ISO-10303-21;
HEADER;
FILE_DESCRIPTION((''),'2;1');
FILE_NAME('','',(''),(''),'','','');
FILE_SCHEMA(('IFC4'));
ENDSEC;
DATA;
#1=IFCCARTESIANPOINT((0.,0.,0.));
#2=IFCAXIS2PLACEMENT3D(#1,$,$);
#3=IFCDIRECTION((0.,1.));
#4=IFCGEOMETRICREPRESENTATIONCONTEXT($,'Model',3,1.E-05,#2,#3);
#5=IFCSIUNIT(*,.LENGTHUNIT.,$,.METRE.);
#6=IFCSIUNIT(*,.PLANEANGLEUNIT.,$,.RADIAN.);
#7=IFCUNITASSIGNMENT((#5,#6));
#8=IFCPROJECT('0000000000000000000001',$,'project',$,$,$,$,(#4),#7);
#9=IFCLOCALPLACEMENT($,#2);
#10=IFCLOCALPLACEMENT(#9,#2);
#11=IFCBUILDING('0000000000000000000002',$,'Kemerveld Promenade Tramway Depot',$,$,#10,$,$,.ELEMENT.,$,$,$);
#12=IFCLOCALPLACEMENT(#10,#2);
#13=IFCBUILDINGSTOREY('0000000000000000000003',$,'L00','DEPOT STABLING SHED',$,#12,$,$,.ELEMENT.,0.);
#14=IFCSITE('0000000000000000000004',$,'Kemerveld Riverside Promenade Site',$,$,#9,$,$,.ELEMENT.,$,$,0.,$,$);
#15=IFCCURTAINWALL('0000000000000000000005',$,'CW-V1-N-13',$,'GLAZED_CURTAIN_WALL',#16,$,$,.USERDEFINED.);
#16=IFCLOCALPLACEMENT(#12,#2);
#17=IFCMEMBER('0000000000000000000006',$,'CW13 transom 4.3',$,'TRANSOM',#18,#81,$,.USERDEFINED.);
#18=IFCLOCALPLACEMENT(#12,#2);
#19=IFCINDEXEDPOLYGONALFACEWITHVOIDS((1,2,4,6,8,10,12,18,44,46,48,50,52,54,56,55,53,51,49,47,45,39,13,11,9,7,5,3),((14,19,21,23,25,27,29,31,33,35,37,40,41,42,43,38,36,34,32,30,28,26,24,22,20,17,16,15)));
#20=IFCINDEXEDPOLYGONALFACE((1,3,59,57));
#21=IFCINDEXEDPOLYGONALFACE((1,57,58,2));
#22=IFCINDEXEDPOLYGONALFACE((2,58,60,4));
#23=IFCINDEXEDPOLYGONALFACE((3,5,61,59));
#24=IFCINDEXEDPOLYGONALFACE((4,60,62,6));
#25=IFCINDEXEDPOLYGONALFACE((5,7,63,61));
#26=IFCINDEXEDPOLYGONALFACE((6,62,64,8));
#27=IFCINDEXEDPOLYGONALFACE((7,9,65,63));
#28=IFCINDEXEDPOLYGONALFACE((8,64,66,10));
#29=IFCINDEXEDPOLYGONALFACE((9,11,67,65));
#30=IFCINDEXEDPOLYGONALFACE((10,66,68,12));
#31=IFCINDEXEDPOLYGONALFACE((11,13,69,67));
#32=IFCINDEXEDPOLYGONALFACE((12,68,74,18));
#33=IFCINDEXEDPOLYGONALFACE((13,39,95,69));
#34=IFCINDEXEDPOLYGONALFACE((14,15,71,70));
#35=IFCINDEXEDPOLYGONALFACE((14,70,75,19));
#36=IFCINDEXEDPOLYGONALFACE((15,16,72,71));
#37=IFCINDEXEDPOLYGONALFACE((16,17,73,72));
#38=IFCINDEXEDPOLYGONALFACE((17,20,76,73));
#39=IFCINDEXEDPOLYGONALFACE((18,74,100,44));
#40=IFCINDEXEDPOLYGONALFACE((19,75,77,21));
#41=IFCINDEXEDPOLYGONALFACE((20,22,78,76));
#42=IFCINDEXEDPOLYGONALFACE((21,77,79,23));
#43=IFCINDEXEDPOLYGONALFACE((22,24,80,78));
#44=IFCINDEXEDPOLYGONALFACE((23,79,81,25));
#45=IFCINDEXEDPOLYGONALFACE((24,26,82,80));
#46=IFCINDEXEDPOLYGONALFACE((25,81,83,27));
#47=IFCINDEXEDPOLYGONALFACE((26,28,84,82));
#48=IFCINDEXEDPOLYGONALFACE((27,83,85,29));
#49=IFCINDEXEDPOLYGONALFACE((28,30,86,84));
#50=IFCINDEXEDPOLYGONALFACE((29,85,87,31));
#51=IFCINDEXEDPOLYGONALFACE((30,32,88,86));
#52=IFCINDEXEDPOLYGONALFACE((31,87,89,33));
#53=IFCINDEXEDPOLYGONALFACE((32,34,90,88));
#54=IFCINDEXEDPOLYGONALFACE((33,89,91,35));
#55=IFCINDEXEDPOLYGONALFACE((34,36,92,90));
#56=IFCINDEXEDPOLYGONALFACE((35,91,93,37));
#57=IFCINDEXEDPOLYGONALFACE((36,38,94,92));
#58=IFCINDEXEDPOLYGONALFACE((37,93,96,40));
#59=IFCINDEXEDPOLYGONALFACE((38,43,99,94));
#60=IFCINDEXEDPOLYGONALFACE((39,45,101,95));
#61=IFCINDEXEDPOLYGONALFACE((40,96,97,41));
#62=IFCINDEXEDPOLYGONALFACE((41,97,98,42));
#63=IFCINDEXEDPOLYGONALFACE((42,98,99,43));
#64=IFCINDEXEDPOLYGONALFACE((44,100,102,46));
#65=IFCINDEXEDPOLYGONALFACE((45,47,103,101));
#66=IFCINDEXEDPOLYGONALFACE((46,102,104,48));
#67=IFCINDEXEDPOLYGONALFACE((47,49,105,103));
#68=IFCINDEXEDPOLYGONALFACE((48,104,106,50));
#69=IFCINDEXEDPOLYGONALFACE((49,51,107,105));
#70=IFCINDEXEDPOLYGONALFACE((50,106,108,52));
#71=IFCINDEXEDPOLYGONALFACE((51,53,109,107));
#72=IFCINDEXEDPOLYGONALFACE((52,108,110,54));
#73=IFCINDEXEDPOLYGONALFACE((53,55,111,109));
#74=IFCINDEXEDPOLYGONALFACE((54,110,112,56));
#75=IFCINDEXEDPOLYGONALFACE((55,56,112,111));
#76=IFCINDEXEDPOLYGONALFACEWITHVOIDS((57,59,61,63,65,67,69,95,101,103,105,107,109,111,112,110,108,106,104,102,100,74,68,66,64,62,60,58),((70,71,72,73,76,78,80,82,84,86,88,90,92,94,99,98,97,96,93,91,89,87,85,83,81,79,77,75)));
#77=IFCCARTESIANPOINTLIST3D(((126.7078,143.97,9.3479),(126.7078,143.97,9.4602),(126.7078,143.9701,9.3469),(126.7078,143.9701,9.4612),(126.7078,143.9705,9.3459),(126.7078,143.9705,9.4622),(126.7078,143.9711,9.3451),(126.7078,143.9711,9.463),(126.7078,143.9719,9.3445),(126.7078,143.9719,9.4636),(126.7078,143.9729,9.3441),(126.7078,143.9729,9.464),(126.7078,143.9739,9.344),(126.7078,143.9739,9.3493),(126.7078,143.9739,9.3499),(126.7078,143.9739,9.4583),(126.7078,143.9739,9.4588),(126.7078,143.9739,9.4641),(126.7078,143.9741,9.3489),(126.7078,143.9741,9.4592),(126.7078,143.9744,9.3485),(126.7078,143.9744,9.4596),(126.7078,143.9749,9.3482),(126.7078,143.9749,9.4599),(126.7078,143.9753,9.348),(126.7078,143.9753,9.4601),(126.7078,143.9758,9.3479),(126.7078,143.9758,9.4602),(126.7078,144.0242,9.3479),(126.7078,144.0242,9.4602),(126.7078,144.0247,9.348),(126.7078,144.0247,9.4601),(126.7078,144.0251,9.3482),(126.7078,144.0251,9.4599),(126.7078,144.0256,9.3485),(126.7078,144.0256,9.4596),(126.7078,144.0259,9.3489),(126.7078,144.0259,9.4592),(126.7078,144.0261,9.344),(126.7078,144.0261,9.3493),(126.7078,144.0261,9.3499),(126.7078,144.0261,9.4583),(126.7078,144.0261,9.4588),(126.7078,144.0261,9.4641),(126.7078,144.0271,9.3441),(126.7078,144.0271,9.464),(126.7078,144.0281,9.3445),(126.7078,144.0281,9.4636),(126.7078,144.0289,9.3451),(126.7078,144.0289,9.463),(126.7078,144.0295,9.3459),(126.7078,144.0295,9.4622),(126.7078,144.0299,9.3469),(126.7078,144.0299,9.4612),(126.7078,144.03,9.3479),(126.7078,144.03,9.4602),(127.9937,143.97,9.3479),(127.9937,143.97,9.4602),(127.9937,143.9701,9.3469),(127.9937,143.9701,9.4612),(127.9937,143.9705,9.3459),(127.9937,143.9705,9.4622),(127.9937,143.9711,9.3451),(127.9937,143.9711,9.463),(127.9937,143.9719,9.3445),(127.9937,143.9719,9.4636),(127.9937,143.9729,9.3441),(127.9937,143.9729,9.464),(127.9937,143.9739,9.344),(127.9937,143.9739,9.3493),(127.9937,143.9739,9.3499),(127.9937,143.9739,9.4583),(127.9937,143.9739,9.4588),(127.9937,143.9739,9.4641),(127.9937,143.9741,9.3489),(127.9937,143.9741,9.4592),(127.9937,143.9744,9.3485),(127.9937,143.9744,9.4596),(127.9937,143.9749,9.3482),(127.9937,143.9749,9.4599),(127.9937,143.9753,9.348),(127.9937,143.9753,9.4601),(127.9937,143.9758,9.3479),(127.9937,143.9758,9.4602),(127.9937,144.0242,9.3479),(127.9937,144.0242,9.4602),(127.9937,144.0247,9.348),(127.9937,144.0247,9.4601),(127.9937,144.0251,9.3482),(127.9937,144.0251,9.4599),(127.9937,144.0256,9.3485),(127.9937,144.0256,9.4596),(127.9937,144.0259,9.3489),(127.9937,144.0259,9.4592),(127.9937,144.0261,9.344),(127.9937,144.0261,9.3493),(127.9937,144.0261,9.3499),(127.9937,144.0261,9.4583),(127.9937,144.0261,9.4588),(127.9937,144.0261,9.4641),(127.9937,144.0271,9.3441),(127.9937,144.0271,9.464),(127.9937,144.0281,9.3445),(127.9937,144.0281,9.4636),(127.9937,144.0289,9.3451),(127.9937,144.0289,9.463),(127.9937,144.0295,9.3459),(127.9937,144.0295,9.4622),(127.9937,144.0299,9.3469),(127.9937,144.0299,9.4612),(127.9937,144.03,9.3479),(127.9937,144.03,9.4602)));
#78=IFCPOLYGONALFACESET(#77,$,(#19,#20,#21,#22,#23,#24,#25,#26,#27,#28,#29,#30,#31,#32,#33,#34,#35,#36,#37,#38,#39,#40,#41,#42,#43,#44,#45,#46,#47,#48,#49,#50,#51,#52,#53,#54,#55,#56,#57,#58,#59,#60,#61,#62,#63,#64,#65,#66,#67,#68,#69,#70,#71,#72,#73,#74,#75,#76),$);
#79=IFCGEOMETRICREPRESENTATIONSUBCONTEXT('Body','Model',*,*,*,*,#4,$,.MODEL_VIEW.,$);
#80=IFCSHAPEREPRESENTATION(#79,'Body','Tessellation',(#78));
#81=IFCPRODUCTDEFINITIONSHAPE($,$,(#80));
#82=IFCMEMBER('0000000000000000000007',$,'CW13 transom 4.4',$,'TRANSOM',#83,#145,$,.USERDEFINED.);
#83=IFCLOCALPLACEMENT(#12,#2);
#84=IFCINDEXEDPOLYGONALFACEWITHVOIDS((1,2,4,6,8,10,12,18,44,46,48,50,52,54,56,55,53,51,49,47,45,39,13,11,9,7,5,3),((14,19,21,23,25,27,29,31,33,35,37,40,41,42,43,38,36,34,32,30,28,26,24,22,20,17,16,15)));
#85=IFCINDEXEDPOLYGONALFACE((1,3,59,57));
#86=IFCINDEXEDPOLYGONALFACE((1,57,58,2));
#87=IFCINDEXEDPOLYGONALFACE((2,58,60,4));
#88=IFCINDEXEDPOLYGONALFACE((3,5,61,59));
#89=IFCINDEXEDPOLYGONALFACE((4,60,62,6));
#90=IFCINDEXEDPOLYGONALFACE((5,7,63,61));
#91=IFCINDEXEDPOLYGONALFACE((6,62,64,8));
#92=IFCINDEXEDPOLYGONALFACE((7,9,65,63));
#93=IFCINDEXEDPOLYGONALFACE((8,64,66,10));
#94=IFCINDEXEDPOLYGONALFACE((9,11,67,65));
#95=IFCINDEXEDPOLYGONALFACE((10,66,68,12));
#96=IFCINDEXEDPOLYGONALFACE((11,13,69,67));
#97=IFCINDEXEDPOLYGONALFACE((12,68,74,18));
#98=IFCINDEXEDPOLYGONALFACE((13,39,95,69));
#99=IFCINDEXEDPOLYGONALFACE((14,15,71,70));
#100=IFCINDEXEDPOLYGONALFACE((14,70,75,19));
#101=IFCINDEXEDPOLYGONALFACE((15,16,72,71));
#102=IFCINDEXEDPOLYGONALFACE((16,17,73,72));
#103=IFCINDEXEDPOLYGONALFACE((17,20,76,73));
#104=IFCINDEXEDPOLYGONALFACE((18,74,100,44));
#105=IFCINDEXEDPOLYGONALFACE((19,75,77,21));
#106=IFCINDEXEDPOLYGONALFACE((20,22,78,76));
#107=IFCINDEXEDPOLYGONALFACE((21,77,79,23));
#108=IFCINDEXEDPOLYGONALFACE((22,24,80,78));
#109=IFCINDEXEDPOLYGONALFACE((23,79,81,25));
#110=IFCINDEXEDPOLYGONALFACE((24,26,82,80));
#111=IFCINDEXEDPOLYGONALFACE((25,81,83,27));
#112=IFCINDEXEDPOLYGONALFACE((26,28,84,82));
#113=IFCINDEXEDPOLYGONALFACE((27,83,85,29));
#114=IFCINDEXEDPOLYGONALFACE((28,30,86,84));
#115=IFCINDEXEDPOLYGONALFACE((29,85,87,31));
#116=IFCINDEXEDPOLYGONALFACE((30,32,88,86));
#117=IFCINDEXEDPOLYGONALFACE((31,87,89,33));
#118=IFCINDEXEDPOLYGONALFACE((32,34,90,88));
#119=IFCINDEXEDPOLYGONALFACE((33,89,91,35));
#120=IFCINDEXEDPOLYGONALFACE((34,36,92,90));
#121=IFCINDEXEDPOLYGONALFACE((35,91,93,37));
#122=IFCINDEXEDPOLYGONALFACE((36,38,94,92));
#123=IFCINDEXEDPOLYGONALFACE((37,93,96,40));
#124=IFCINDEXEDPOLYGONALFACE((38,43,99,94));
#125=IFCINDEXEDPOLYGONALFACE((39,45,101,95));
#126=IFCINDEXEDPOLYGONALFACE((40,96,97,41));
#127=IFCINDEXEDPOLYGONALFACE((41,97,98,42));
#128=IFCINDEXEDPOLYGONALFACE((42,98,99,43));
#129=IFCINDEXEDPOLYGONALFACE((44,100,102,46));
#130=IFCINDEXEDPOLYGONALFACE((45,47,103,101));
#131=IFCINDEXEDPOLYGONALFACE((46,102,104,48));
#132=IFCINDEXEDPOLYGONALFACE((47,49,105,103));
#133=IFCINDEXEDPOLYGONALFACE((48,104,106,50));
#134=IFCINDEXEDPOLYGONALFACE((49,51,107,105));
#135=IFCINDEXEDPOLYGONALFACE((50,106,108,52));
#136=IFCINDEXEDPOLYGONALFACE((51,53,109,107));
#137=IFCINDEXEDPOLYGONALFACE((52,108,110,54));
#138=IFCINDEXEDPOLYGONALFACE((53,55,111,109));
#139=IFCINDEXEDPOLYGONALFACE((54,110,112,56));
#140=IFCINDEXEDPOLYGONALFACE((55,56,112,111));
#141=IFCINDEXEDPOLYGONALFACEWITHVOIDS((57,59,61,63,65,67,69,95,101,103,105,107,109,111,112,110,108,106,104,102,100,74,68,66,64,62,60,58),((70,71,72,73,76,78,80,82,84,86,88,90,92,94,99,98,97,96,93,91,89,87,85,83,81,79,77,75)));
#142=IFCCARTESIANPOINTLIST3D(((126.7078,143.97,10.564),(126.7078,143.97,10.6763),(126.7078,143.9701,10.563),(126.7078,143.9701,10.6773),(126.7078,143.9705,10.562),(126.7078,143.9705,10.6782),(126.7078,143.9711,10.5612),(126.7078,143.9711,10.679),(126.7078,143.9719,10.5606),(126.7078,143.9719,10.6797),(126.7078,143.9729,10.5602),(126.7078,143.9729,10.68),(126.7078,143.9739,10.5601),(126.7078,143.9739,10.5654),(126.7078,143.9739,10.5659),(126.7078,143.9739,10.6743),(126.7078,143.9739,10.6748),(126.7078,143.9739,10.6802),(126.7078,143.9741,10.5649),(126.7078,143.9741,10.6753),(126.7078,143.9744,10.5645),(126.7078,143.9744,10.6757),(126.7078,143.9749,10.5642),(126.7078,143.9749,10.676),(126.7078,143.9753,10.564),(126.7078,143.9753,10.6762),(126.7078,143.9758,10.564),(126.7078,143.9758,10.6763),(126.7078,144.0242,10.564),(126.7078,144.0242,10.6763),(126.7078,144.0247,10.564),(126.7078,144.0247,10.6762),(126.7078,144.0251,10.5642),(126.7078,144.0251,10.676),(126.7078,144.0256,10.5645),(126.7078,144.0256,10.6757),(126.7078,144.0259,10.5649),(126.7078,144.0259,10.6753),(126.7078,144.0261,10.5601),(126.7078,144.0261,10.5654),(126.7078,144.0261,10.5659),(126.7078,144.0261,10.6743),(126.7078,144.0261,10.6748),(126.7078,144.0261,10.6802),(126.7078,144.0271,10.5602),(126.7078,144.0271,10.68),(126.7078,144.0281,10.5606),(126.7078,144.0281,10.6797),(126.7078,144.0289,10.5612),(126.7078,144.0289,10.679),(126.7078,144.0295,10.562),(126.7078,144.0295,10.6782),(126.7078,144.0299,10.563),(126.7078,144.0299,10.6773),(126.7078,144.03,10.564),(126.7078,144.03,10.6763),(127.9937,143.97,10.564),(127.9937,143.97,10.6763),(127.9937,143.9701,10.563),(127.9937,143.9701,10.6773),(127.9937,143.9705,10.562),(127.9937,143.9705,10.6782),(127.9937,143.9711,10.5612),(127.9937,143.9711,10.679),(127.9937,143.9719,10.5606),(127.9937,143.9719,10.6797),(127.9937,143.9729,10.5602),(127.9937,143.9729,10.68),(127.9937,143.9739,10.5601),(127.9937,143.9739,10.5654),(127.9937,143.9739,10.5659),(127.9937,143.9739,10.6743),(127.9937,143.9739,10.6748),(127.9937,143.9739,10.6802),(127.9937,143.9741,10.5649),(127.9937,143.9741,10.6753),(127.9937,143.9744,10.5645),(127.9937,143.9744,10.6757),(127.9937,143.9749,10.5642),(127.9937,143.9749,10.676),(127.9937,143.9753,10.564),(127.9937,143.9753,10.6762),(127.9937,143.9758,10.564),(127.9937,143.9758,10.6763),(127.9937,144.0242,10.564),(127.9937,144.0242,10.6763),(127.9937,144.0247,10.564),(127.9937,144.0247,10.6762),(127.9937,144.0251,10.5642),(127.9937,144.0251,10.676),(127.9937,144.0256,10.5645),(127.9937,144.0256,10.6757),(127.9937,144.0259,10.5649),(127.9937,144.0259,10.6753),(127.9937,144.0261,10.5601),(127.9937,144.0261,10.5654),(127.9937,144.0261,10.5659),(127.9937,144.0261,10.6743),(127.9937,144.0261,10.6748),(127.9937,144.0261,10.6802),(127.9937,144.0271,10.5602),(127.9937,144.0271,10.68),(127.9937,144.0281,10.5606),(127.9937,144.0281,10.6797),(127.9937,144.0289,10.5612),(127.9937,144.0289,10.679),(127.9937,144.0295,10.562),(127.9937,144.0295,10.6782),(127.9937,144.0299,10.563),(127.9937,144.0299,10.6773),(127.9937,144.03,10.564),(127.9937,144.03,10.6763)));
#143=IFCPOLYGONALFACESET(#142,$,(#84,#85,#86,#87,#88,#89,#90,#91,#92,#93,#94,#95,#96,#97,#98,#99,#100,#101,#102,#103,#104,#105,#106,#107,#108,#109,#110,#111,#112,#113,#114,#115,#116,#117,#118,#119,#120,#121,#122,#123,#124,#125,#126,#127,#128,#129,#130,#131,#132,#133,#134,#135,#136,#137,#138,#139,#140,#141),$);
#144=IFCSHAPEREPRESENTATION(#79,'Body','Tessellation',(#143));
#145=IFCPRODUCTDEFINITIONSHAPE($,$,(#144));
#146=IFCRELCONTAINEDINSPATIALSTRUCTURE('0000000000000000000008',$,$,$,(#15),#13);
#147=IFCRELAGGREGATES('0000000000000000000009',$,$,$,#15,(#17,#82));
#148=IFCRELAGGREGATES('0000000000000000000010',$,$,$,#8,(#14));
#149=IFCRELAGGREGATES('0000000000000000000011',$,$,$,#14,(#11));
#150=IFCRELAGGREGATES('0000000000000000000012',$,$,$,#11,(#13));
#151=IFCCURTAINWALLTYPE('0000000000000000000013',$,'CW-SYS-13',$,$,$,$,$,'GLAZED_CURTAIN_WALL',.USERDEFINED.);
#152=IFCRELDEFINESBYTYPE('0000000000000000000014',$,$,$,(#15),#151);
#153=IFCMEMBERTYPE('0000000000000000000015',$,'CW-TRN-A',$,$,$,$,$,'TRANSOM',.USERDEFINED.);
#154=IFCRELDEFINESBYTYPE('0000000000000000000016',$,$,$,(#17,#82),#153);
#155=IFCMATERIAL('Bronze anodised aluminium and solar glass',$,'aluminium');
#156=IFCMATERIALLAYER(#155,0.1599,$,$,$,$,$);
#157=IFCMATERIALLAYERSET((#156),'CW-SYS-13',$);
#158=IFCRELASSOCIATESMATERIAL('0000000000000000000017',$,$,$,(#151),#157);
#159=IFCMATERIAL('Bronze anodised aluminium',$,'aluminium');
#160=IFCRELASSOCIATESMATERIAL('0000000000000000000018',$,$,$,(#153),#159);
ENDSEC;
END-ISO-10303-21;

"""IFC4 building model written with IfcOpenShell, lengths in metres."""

from ifc_helpers import new_model, si_unit, direction, frame, origin, origin_2d, place, context, subcontext, project, spatial, hollow_rectangle, extrude, material, layer, layer_set, material_profile, profile_set, type_object, element, aggregate, save


model = new_model("IFC4")

# Units and contexts
model_context = context("Model", 3, precision=1e-05, world=origin(), true_north=direction((0.0, 1.0)))
body_context = subcontext(model_context, "Body", "Model", "MODEL_VIEW")
ifc_project = project(units=[si_unit("LENGTHUNIT", "METRE"), si_unit("PLANEANGLEUNIT", "RADIAN")], contexts=[model_context])

# Site, building, storey
site_placement = place(None, origin())
site = spatial("IfcSite", under=ifc_project, at=site_placement, Name="Kemerveld Riverside Promenade Site", CompositionType="ELEMENT", RefElevation=0.0)
building_placement = place(site_placement, origin())
building = spatial("IfcBuilding", under=site, at=building_placement, Name="Kemerveld Promenade Tramway Depot", CompositionType="ELEMENT")
storey_placement = place(building_placement, origin())
storey = spatial("IfcBuildingStorey", under=building, at=storey_placement, Name="L00", Description="DEPOT STABLING SHED", CompositionType="ELEMENT", Elevation=0.0)

# Curtain wall, members
ifc_material_1 = material(Name="Bronze anodised aluminium and solar glass", Category="aluminium")
ifc_layer_1 = layer(ifc_material_1, 0.1599)
ifc_layer_set_1 = layer_set([ifc_layer_1], Name="CW-SYS-13")
curtain_wall_type_1 = type_object("IfcCurtainWallType", Name="CW-SYS-13", ElementType="GLAZED_CURTAIN_WALL", PredefinedType="USERDEFINED", material=ifc_layer_set_1)
curtain_wall_1_placement = place(storey_placement, origin())
curtain_wall_1 = element("IfcCurtainWall", 1, at=curtain_wall_1_placement, inside=storey, type_object=curtain_wall_type_1, Name="CW-V1-N-13", ObjectType="GLAZED_CURTAIN_WALL", PredefinedType="USERDEFINED")
ifc_material_2 = material(Name="Bronze anodised aluminium", Category="aluminium")
ifc_material_profile_1 = material_profile(ifc_material_2, hollow_rectangle(XDim=0.0601, YDim=0.1201, WallThickness=0.0039, InnerFilletRadius=0.002, OuterFilletRadius=0.0039, at=origin_2d()), Name="CW-TRN-120x60")
ifc_profile_set_1 = profile_set([ifc_material_profile_1], Name="Bronze anodised aluminium")
member_type_1 = type_object("IfcMemberType", Name="CW-TRN-A", ElementType="TRANSOM", PredefinedType="USERDEFINED", material=ifc_profile_set_1)
member_1_placement = place(storey_placement, frame((126.7078, 144.0, 9.4041), z_axis=(1.0, 0.0, 0.0), x_axis=(0.0, 1.0, 0.0)))
member_1 = element("IfcMember", 2, at=member_1_placement, type_object=member_type_1, Name="CW13 transom 4.3", ObjectType="TRANSOM", PredefinedType="USERDEFINED", context=body_context, shape_type="SweptSolid", body=[
    extrude(hollow_rectangle(XDim=0.0601, YDim=0.1201, WallThickness=0.0039, InnerFilletRadius=0.002, OuterFilletRadius=0.0039, at=origin_2d()), origin(), (0.0, 0.0, 1.0), 1.2859),
])
member_2_placement = place(storey_placement, frame((126.7078, 144.0, 10.6201), z_axis=(1.0, 0.0, 0.0), x_axis=(0.0, 1.0, 0.0)))
member_2 = element("IfcMember", 3, at=member_2_placement, type_object=member_type_1, Name="CW13 transom 4.4", ObjectType="TRANSOM", PredefinedType="USERDEFINED", context=body_context, shape_type="SweptSolid", body=[
    extrude(hollow_rectangle(XDim=0.0601, YDim=0.1201, WallThickness=0.0039, InnerFilletRadius=0.002, OuterFilletRadius=0.0039, at=origin_2d()), origin(), (0.0, 0.0, 1.0), 1.2859),
])

aggregate(curtain_wall_1, [member_1, member_2])

save(model, "model.ifc")
